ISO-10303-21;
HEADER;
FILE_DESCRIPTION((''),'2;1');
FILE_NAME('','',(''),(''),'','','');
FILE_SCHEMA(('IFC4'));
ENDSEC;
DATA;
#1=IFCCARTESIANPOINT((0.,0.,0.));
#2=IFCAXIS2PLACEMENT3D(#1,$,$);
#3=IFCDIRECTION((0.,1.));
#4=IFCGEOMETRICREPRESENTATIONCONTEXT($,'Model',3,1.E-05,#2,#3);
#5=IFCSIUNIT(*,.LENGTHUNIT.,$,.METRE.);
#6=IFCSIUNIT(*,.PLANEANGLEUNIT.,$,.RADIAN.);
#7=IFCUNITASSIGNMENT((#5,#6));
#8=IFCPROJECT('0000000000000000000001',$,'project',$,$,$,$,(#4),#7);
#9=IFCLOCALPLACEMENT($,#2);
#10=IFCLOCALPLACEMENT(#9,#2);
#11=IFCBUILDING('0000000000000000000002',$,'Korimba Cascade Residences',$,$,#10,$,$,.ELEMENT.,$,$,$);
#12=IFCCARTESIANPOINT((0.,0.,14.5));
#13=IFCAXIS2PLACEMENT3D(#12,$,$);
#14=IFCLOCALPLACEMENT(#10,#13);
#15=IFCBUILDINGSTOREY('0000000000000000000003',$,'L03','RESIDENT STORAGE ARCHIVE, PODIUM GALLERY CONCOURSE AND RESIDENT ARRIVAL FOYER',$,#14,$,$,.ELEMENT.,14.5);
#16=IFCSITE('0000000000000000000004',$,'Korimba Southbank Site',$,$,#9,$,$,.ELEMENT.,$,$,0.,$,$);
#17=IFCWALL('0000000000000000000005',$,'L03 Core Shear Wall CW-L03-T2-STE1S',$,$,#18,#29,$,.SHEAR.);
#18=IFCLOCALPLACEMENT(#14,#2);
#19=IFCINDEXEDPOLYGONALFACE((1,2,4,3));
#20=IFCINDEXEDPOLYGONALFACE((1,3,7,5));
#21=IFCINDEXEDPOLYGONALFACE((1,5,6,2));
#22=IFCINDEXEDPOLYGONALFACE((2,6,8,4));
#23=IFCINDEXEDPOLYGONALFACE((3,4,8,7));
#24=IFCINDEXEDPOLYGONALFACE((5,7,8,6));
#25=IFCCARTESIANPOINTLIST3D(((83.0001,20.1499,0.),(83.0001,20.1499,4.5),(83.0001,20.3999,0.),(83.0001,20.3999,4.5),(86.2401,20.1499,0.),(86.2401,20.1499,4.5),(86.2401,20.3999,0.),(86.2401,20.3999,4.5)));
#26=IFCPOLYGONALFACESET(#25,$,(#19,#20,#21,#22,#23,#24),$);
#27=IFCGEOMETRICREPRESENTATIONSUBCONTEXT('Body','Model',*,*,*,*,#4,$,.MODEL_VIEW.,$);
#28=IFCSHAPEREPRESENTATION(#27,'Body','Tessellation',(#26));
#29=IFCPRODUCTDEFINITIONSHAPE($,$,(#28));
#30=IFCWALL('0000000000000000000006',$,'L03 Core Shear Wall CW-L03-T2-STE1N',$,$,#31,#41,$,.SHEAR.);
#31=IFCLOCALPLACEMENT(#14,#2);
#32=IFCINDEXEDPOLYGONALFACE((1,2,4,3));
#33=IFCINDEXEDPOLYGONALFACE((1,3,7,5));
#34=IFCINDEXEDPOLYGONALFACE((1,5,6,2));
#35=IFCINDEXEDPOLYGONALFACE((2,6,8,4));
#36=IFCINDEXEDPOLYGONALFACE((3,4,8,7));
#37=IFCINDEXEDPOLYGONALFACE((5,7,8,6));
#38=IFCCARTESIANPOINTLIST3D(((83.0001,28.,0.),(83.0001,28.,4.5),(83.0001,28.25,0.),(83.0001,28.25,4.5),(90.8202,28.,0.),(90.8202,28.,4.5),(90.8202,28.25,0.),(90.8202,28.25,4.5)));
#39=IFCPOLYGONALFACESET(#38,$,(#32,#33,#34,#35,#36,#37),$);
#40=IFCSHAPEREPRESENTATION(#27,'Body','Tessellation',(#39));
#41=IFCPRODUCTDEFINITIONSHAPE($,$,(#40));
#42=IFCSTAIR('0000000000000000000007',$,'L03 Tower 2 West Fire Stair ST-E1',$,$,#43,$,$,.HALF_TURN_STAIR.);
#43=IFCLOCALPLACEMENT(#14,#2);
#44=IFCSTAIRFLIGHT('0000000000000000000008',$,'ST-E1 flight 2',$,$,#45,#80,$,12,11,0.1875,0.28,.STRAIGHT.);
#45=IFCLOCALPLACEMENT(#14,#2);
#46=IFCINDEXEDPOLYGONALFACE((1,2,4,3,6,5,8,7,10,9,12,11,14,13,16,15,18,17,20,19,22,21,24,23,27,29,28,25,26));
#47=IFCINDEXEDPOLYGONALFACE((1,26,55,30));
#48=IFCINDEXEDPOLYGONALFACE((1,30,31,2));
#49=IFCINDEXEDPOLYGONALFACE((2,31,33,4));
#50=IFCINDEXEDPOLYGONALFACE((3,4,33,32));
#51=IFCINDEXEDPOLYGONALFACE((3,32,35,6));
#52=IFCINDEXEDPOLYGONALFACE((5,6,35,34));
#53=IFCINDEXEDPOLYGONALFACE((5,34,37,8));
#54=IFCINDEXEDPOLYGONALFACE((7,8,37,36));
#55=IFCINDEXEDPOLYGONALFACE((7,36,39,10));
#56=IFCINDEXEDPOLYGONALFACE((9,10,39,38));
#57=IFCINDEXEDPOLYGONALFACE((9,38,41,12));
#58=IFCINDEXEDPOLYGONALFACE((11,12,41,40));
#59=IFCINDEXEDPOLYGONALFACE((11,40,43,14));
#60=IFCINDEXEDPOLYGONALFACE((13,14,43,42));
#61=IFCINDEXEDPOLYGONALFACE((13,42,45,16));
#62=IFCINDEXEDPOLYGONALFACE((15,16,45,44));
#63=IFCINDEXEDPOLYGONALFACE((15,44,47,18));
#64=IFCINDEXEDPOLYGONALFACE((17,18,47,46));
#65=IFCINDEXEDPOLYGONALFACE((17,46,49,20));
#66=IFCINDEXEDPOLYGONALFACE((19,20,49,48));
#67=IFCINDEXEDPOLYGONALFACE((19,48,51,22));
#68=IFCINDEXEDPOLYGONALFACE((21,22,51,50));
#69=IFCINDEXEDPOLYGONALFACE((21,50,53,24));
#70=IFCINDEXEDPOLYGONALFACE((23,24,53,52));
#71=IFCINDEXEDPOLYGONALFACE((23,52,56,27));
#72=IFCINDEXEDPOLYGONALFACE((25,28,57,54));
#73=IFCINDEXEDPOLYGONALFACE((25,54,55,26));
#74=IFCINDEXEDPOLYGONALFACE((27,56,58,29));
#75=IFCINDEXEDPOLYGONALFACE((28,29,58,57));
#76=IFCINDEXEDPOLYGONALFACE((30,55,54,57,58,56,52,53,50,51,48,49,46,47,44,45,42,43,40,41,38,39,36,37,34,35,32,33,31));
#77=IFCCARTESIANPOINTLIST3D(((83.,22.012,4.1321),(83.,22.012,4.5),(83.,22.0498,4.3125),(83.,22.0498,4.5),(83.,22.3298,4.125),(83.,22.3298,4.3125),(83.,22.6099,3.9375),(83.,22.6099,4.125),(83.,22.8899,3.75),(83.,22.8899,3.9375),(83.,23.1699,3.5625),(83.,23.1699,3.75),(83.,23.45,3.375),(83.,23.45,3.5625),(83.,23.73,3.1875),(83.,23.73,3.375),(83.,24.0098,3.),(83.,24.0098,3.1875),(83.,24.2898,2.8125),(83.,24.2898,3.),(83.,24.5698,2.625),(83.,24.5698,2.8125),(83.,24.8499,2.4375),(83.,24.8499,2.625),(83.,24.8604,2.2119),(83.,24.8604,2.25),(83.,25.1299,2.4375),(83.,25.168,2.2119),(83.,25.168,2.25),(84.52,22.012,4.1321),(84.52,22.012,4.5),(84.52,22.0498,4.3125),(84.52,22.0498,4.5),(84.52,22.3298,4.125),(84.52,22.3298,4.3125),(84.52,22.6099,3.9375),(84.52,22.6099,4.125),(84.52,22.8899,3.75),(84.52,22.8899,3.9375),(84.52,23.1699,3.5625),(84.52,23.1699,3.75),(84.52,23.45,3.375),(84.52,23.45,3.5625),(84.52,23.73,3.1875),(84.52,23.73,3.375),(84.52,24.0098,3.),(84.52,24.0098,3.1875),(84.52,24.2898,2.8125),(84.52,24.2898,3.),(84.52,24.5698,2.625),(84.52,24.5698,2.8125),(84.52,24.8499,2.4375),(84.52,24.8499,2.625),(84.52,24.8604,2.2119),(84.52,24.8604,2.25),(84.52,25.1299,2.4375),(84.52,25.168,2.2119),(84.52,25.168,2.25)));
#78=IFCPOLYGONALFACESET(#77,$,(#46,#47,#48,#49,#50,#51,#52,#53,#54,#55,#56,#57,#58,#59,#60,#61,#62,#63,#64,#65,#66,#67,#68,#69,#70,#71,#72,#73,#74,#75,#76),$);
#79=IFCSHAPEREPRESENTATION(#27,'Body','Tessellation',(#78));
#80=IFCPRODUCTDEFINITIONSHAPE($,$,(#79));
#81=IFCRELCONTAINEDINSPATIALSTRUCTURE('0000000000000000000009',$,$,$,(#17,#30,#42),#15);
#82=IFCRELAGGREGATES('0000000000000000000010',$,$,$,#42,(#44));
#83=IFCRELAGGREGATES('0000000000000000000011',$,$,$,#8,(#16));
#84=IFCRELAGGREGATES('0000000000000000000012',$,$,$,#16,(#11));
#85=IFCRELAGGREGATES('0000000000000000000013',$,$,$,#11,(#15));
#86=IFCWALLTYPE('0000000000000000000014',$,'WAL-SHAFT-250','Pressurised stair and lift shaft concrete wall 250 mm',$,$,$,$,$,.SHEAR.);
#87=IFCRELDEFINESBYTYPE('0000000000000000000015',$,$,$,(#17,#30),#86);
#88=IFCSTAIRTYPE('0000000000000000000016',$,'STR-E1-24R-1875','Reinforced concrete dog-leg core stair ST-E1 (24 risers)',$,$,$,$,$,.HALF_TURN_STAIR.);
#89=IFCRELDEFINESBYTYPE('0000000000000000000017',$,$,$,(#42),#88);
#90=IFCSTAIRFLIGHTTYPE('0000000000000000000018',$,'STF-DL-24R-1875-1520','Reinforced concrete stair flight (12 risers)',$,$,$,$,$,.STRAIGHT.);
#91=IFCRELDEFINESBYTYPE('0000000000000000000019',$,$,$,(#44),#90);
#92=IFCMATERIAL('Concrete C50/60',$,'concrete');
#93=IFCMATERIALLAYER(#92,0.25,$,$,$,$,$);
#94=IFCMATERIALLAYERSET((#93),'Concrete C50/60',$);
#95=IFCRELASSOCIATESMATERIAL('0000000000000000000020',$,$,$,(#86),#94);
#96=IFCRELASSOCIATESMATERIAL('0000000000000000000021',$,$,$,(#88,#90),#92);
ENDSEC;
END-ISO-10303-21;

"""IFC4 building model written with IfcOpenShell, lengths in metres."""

from ifc_helpers import new_model, si_unit, direction, frame, frame_2d, origin, place, context, subcontext, project, spatial, polyline, rectangle, outline, extrude, material, layer, layer_set, type_object, element, aggregate, save


model = new_model("IFC4")

# Units and contexts
model_context = context("Model", 3, precision=1e-05, world=origin(), true_north=direction((0.0, 1.0)))
body_context = subcontext(model_context, "Body", "Model", "MODEL_VIEW")
ifc_project = project(units=[si_unit("LENGTHUNIT", "METRE"), si_unit("PLANEANGLEUNIT", "RADIAN")], contexts=[model_context])

# Site, building, storey
site_placement = place(None, origin())
site = spatial("IfcSite", under=ifc_project, at=site_placement, Name="Korimba Southbank Site", CompositionType="ELEMENT", RefElevation=0.0)
building_placement = place(site_placement, origin())
building = spatial("IfcBuilding", under=site, at=building_placement, Name="Korimba Cascade Residences", CompositionType="ELEMENT")
storey_placement = place(building_placement, frame((0.0, 0.0, 14.5)))
storey = spatial("IfcBuildingStorey", under=building, at=storey_placement, Name="L03", Description="RESIDENT STORAGE ARCHIVE, PODIUM GALLERY CONCOURSE AND RESIDENT ARRIVAL FOYER", CompositionType="ELEMENT", Elevation=14.5)

# Shared definitions
ifc_material_1 = material(Name="Concrete C50/60", Category="concrete")

# Walls
ifc_layer_1 = layer(ifc_material_1, 0.25)
ifc_layer_set_1 = layer_set([ifc_layer_1], Name="Concrete C50/60")
wall_type_1 = type_object("IfcWallType", Name="WAL-SHAFT-250", Description="Pressurised stair and lift shaft concrete wall 250 mm", PredefinedType="SHEAR", material=ifc_layer_set_1)
wall_1_placement = place(storey_placement, frame((83.0, 20.2749, 0.0), z_axis=(0.0, 0.0, 1.0), x_axis=(1.0, 0.0, 0.0)))
element("IfcWall", 1, at=wall_1_placement, inside=storey, type_object=wall_type_1, Name="L03 Core Shear Wall CW-L03-T2-STE1S", PredefinedType="SHEAR", context=body_context, shape_type="SweptSolid", body=[
    extrude(rectangle(XDim=3.24, YDim=0.25, at=frame_2d((1.6201, 0.0))), origin(), (0.0, 0.0, 1.0), 4.5),
])
wall_2_placement = place(storey_placement, frame((83.0, 28.125, 0.0), z_axis=(0.0, 0.0, 1.0), x_axis=(1.0, 0.0, 0.0)))
element("IfcWall", 2, at=wall_2_placement, inside=storey, type_object=wall_type_1, Name="L03 Core Shear Wall CW-L03-T2-STE1N", PredefinedType="SHEAR", context=body_context, shape_type="SweptSolid", body=[
    extrude(rectangle(XDim=7.8201, YDim=0.25, at=frame_2d((3.9102, 0.0))), origin(), (0.0, 0.0, 1.0), 4.5),
])

# Stair, stair flight
stair_type = type_object("IfcStairType", Name="STR-E1-24R-1875", Description="Reinforced concrete dog-leg core stair ST-E1 (24 risers)", PredefinedType="HALF_TURN_STAIR", material=ifc_material_1)
stair_placement = place(storey_placement, origin())
stair = element("IfcStair", 3, at=stair_placement, inside=storey, type_object=stair_type, Name="L03 Tower 2 West Fire Stair ST-E1", PredefinedType="HALF_TURN_STAIR")
stair_flight_type = type_object("IfcStairFlightType", Name="STF-DL-24R-1875-1520", Description="Reinforced concrete stair flight (12 risers)", PredefinedType="STRAIGHT", material=ifc_material_1)
stair_flight_placement = place(storey_placement, frame((83.76, 25.1299, 2.25), z_axis=(0.0, 0.0, 1.0), x_axis=(0.0, -1.0, 0.0)))
stair_flight = element("IfcStairFlight", 4, at=stair_flight_placement, type_object=stair_flight_type, Name="ST-E1 flight 2", NumberOfRisers=12, NumberOfTreads=11, PredefinedType="STRAIGHT", RiserHeight=0.1875, TreadLength=0.28, context=body_context, shape_type="SweptSolid", body=[
    extrude(outline(polyline([(-0.0381, 0.0), (0.0, 0.1875), (0.28, 0.1875), (0.28, 0.375), (0.5601, 0.375), (0.5601, 0.5625), (0.8401, 0.5625), (0.8401, 0.75), (1.1201, 0.75), (1.1201, 0.9375), (1.3999, 0.9375), (1.3999, 1.125), (1.6799, 1.125), (1.6799, 1.3125), (1.96, 1.3125), (1.96, 1.5), (2.24, 1.5), (2.24, 1.6875), (2.52, 1.6875), (2.52, 1.875), (2.8, 1.875), (2.8, 2.0625), (3.0801, 2.0625), (3.0801, 2.25), (3.1179, 2.25), (3.1179, 1.8821), (0.2695, 0.0), (0.2695, -0.0381), (-0.0381, -0.0381), (-0.0381, 0.0)])), frame((0.0, 0.76, 0.0), z_axis=(0.0, -1.0, 0.0), x_axis=(1.0, 0.0, 0.0)), (0.0, 0.0, 1.0), 1.52),
])
aggregate(stair, [stair_flight])

save(model, "model.ifc")
